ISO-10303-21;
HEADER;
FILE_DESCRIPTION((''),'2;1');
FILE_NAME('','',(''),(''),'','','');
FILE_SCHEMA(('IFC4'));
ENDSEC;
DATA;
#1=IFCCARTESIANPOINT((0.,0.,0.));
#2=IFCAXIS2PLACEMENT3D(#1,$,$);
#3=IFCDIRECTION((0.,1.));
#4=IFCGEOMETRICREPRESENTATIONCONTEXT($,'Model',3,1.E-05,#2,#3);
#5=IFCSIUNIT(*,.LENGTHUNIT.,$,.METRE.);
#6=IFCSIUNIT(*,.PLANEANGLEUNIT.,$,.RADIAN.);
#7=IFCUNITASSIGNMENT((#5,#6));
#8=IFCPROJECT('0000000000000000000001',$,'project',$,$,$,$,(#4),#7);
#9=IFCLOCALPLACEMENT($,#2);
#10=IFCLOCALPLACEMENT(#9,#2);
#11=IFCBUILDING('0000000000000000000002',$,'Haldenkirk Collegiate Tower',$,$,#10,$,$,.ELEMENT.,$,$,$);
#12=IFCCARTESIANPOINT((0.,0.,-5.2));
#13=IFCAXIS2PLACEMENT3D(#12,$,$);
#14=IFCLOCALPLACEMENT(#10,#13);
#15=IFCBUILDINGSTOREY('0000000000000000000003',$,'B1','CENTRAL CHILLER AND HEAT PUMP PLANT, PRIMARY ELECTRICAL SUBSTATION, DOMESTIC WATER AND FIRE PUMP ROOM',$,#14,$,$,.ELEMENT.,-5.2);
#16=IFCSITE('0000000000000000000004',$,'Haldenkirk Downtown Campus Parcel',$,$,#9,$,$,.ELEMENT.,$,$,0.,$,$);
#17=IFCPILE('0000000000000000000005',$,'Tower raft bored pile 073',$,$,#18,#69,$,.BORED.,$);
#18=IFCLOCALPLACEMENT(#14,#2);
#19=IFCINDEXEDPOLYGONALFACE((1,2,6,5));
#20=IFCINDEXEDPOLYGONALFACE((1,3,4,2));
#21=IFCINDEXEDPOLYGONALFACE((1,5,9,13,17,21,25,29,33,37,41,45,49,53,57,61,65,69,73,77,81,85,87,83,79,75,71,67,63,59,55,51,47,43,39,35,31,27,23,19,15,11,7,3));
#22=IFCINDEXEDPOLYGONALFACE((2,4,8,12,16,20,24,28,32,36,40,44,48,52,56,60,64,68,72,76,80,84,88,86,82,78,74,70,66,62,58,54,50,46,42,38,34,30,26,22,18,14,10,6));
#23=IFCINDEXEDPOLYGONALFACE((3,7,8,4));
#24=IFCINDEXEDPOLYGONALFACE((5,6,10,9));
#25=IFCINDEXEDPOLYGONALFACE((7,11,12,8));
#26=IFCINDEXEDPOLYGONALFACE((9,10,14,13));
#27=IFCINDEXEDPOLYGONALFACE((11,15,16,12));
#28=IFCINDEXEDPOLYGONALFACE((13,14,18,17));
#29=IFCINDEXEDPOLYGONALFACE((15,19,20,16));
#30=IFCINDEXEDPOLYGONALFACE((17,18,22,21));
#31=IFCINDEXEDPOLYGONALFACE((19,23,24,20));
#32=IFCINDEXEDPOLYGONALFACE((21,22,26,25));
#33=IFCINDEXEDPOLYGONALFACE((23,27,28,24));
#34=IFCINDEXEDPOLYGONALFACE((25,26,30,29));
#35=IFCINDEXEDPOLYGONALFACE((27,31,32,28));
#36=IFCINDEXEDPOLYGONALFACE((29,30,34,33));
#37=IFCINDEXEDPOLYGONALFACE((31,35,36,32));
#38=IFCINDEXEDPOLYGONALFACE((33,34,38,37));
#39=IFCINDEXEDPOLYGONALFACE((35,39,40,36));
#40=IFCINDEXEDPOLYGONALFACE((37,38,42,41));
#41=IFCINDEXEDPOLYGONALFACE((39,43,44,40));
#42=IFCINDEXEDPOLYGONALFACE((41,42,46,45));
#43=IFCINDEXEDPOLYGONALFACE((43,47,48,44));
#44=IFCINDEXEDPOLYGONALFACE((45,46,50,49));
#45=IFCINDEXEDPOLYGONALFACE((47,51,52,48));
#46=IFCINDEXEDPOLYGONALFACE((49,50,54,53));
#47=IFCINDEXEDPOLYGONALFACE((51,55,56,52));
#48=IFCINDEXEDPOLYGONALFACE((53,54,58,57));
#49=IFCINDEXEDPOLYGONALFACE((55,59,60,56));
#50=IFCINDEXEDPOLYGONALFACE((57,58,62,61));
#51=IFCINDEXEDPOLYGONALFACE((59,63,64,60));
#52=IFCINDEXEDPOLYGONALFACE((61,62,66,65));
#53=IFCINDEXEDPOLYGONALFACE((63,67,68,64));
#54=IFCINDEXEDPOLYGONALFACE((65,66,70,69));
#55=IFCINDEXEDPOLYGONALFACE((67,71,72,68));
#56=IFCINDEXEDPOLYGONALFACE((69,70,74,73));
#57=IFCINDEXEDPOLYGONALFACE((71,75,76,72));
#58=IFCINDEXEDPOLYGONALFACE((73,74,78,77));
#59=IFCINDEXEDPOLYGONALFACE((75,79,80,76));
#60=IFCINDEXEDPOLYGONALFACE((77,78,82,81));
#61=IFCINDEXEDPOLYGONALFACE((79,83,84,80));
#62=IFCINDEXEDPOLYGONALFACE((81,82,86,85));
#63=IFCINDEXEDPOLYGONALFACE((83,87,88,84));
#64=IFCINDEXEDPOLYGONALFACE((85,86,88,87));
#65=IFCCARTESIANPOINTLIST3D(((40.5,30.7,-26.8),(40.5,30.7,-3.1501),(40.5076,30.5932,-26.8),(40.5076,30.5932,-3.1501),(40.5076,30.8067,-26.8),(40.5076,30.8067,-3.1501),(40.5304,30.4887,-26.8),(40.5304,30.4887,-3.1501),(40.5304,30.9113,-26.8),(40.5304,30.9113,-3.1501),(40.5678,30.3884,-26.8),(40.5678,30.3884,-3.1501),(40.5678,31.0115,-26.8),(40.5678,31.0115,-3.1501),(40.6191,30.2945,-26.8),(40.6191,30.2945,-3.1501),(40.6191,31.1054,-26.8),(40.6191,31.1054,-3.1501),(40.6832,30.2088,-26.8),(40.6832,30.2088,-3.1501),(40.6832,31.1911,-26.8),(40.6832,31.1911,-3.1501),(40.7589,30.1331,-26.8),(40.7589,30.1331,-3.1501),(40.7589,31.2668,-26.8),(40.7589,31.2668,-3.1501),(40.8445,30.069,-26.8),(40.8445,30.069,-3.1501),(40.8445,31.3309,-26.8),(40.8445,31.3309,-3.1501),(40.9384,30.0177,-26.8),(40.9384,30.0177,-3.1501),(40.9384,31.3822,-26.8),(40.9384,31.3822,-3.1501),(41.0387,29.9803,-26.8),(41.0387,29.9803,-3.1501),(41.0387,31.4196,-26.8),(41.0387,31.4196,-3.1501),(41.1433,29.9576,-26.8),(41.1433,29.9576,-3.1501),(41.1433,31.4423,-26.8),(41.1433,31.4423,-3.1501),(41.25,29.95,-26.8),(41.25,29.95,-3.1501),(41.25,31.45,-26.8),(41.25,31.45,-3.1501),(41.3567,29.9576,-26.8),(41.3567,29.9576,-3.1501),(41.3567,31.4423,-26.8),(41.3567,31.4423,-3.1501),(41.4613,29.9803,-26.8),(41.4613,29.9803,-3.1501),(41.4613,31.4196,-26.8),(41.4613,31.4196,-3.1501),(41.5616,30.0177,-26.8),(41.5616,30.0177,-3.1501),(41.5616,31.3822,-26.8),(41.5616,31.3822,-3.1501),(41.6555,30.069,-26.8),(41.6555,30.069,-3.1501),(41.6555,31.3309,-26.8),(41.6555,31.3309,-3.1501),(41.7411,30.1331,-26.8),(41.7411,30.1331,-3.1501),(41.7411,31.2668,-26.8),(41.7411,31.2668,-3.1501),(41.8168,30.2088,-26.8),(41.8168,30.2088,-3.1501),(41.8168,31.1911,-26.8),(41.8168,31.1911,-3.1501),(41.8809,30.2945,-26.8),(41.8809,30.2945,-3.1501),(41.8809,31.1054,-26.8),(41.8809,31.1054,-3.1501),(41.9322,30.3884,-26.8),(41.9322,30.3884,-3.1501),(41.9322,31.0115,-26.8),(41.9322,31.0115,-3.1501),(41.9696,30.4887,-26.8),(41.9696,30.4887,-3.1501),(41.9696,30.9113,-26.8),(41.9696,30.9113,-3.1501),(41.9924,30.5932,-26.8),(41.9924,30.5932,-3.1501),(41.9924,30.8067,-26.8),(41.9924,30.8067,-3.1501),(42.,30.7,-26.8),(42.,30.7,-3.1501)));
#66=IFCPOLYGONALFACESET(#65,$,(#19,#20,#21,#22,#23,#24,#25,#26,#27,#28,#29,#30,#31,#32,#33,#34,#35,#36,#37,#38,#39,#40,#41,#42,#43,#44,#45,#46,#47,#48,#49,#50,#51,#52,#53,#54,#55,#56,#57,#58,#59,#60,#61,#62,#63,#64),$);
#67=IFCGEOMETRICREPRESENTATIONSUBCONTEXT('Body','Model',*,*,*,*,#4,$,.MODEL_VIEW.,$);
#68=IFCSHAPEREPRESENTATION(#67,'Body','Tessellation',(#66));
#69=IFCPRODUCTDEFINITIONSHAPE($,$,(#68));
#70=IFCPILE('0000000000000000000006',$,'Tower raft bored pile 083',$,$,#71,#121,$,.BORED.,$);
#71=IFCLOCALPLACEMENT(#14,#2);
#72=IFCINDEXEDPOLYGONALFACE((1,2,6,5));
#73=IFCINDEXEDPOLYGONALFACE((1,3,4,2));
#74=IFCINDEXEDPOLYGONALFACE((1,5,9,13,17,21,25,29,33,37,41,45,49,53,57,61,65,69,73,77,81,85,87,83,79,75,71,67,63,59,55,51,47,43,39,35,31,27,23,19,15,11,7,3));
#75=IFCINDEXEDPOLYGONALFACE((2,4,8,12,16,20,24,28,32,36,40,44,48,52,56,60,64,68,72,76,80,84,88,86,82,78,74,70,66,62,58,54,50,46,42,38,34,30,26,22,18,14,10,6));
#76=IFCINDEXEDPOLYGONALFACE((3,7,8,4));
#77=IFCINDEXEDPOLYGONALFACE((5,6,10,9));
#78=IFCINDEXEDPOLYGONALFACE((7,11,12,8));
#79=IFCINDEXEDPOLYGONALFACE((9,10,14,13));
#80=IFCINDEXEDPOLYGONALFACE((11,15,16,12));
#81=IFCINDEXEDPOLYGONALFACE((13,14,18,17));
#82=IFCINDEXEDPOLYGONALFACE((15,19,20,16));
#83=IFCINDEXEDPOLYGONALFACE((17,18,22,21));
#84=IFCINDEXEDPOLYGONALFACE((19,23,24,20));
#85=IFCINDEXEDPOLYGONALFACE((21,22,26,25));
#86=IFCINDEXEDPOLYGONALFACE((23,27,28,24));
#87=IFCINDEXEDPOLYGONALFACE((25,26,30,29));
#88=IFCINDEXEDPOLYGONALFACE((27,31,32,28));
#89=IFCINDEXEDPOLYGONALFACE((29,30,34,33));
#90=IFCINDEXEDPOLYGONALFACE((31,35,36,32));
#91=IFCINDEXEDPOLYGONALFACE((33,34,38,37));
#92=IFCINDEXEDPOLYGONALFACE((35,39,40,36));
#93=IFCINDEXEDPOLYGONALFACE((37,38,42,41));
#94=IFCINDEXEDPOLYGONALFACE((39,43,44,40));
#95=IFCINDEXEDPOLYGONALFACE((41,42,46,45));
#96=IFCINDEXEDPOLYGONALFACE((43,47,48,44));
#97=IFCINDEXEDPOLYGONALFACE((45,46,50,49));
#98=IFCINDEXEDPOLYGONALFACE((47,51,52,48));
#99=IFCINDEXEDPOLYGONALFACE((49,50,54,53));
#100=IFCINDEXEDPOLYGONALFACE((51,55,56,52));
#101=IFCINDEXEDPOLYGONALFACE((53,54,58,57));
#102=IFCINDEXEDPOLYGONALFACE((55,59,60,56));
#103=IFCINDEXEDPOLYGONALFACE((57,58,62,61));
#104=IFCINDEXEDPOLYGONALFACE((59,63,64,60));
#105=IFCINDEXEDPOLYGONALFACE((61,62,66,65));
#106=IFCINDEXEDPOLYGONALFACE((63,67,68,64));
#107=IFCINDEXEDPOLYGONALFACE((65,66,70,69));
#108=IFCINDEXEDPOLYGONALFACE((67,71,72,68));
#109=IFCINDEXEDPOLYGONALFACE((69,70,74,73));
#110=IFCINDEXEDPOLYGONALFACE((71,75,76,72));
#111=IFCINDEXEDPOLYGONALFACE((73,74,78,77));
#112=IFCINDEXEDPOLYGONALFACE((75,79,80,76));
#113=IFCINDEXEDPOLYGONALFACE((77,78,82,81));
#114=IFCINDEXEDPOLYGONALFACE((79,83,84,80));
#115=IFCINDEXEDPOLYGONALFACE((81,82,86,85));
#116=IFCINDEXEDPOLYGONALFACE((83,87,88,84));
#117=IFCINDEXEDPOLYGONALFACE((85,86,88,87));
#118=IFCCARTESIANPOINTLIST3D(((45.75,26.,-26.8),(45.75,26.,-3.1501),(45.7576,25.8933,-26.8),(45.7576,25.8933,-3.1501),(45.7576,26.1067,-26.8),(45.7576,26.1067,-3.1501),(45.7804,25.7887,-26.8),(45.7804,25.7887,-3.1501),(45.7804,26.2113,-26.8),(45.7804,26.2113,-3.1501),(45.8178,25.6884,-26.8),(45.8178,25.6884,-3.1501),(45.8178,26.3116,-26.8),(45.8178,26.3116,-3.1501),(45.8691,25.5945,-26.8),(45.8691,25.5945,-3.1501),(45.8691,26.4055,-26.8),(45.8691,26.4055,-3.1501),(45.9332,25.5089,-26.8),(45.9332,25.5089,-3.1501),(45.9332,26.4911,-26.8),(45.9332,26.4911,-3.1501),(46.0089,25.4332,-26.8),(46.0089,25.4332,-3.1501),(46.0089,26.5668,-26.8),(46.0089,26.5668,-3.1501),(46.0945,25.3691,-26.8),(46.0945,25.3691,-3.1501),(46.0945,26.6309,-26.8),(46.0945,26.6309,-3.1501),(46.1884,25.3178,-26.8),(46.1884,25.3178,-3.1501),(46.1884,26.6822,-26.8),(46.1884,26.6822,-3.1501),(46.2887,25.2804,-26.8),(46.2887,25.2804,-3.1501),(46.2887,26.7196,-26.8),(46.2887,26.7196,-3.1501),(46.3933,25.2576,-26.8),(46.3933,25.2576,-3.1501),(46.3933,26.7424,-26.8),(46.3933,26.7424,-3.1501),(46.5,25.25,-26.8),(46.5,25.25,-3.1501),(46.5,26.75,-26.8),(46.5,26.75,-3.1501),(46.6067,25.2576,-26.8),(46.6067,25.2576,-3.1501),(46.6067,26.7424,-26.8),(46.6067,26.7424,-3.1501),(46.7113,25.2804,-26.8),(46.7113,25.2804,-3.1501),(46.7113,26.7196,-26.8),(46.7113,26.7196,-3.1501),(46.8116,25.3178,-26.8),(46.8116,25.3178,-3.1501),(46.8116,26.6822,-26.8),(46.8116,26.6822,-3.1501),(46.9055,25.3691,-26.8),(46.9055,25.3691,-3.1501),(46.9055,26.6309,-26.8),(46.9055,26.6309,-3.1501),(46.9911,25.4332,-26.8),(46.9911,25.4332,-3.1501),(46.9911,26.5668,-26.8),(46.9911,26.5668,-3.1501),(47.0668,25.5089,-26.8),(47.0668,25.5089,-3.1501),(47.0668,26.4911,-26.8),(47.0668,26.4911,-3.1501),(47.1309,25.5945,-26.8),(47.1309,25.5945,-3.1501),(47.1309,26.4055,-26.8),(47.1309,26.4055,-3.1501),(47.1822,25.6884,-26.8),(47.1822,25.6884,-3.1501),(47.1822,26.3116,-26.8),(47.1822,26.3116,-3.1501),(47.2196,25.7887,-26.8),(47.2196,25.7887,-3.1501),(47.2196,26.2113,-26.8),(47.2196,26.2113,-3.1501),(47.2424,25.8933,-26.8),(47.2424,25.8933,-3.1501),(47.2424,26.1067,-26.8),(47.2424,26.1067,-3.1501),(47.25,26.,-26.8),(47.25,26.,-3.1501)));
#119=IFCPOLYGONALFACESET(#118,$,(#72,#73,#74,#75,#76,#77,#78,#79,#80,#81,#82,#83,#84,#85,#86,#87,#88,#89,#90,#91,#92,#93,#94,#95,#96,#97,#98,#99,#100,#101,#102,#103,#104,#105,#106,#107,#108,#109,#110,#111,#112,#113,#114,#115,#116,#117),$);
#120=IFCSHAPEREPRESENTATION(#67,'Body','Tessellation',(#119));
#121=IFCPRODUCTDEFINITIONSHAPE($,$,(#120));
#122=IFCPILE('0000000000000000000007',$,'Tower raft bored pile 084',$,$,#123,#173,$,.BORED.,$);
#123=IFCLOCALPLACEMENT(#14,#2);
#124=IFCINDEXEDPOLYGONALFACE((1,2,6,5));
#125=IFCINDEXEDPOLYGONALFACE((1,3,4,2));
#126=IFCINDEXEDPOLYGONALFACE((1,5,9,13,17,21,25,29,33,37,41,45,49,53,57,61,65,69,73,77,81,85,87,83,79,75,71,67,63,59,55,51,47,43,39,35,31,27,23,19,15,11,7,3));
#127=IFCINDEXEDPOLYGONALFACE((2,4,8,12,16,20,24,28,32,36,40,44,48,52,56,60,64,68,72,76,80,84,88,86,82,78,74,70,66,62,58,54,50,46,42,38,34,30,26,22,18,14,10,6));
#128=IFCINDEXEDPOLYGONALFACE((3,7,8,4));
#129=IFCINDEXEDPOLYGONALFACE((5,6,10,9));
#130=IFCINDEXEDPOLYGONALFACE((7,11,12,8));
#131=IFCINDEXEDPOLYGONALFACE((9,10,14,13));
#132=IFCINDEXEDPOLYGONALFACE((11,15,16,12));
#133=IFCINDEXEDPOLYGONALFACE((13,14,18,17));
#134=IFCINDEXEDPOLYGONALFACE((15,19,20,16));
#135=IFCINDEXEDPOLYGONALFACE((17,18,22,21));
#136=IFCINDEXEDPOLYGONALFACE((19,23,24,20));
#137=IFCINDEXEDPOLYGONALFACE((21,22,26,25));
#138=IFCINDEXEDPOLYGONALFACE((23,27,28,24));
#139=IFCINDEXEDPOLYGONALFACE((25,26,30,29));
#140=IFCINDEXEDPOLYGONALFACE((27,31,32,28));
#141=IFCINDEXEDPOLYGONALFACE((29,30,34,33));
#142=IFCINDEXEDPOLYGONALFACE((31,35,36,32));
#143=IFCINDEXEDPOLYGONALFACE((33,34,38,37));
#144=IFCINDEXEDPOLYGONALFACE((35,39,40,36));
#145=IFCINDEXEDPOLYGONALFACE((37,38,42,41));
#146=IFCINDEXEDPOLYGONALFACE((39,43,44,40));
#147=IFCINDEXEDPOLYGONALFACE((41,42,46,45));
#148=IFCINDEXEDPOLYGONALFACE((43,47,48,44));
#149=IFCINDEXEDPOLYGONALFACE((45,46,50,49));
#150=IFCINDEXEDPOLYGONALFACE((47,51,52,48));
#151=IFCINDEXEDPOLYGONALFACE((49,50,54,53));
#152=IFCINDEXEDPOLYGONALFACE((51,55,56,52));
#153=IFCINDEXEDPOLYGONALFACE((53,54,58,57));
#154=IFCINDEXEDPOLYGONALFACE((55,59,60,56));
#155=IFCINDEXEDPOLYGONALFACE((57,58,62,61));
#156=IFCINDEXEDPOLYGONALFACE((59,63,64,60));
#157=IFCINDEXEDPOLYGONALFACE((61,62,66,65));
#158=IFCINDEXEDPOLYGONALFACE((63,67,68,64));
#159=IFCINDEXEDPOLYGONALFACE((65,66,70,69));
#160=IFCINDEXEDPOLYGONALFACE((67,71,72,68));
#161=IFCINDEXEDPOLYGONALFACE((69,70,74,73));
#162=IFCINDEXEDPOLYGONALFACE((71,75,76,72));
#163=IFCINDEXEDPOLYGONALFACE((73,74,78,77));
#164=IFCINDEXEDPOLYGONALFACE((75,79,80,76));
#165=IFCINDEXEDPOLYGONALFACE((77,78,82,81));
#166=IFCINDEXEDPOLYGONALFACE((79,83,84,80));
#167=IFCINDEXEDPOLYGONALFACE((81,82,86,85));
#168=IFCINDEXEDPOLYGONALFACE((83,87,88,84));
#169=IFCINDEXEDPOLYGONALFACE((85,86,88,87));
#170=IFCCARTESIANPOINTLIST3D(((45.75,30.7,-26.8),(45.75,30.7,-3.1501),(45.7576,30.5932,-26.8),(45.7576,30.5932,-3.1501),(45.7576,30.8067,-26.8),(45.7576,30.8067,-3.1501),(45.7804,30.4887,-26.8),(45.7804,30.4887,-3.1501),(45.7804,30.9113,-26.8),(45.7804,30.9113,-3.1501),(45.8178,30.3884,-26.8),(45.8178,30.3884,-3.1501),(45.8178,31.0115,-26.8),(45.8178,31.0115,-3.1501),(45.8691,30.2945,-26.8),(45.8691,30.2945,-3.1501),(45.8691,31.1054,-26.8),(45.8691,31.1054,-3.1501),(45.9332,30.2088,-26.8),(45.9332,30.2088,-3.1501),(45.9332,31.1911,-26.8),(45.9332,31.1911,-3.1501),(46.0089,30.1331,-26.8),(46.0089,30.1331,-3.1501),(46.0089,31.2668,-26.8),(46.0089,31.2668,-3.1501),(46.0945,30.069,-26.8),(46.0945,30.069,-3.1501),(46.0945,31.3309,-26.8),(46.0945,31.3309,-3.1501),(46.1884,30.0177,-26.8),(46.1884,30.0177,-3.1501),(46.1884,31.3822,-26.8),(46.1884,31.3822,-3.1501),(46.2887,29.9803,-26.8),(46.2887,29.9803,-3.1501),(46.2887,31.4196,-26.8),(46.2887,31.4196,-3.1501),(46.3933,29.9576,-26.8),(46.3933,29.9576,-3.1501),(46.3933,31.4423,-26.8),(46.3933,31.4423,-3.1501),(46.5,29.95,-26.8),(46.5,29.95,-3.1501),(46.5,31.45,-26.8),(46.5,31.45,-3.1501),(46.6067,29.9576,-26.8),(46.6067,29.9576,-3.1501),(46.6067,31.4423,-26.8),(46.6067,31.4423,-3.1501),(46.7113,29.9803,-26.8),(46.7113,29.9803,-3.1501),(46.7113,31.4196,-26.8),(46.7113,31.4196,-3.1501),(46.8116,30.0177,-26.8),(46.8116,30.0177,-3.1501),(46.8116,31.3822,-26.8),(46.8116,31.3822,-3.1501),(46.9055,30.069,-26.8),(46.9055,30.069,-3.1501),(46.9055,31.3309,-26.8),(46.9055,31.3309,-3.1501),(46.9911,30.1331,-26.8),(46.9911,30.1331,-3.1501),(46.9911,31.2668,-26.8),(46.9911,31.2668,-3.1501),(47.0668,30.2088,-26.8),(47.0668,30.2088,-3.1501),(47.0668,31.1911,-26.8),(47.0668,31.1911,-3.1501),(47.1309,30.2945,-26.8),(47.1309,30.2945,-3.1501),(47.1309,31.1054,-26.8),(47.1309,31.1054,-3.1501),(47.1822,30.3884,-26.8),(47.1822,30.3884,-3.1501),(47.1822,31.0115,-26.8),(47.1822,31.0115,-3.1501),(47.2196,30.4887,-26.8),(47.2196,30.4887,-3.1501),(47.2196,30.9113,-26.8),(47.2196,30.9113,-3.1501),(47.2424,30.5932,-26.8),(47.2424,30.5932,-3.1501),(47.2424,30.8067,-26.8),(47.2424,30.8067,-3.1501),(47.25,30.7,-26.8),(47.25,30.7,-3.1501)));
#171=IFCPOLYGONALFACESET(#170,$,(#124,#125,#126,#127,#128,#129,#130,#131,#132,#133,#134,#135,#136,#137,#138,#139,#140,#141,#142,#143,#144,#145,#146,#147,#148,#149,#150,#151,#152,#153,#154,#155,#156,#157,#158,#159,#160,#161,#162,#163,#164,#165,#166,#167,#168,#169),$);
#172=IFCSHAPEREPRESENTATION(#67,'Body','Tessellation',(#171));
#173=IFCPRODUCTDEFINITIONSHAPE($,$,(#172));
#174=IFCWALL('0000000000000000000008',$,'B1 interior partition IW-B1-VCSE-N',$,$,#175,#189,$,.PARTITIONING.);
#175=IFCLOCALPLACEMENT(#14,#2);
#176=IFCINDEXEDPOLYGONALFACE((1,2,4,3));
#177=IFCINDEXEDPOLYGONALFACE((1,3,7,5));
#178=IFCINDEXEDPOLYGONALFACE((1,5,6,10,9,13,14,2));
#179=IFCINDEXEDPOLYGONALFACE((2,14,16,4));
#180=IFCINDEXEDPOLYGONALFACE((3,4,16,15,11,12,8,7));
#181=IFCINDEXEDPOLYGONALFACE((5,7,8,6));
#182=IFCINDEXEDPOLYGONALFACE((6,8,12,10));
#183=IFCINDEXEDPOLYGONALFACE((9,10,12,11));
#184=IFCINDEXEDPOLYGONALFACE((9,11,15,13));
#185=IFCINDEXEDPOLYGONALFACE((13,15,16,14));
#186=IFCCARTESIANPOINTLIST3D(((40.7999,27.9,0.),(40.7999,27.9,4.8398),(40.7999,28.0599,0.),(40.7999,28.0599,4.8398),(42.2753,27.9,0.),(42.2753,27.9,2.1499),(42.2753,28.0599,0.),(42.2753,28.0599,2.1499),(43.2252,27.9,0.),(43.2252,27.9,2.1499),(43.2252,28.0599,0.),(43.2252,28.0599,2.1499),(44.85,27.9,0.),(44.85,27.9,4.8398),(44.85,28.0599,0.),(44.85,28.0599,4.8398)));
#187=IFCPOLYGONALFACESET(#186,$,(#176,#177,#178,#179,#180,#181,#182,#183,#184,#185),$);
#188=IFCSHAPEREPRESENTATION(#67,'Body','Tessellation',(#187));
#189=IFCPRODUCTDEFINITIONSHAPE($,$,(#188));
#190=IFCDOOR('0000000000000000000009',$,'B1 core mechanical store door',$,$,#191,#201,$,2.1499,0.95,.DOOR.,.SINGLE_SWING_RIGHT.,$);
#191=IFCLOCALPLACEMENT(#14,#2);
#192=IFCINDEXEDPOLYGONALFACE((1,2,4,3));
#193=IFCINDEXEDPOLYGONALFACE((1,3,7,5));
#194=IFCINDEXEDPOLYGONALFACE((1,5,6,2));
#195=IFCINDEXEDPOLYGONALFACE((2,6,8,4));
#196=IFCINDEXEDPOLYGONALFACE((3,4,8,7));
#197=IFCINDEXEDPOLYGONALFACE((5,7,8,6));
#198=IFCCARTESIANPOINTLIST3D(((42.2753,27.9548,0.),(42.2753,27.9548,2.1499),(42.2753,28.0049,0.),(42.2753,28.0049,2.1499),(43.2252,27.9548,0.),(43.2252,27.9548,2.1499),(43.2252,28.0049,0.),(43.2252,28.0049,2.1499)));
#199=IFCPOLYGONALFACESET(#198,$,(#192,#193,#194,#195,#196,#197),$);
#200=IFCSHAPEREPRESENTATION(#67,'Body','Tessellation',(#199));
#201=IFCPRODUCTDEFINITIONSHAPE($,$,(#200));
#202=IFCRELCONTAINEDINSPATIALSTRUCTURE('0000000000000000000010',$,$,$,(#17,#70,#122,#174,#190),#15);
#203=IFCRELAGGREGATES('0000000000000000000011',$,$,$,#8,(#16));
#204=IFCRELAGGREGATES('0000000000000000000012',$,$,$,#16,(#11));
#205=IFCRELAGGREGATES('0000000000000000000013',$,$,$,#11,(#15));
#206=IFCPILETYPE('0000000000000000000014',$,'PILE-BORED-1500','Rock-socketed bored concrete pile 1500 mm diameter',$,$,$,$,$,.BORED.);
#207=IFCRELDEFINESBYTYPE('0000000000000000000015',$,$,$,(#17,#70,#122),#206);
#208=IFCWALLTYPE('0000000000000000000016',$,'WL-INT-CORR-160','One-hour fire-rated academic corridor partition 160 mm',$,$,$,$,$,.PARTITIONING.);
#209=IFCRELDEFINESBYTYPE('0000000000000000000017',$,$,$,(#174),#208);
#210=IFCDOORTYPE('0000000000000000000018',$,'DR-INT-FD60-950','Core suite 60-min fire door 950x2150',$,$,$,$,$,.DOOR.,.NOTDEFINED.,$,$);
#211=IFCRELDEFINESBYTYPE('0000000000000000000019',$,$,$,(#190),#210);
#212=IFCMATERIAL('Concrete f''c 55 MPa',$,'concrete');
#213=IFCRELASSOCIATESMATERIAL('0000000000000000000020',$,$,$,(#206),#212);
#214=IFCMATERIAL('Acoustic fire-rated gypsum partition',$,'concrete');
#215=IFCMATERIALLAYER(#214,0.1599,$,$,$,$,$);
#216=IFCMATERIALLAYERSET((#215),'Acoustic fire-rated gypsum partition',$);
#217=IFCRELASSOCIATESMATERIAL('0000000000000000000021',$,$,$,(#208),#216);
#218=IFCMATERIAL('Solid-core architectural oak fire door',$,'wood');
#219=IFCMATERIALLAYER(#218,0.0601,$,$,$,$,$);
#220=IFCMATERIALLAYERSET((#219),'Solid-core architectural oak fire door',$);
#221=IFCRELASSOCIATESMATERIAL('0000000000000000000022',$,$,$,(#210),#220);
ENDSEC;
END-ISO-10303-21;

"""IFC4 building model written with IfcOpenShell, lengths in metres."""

from ifc_helpers import new_model, si_unit, direction, frame, frame_2d, origin, origin_2d, place, context, subcontext, project, spatial, rectangle, circle, extrude, material, layer, layer_set, material_profile, profile_set, type_object, element, fill, save


model = new_model("IFC4")

# Units and contexts
model_context = context("Model", 3, precision=1e-05, world=origin(), true_north=direction((0.0, 1.0)))
body_context = subcontext(model_context, "Body", "Model", "MODEL_VIEW")
ifc_project = project(units=[si_unit("LENGTHUNIT", "METRE"), si_unit("PLANEANGLEUNIT", "RADIAN")], contexts=[model_context])

# Site, building, storey
site_placement = place(None, origin())
site = spatial("IfcSite", under=ifc_project, at=site_placement, Name="Haldenkirk Downtown Campus Parcel", CompositionType="ELEMENT", RefElevation=0.0)
building_placement = place(site_placement, origin())
building = spatial("IfcBuilding", under=site, at=building_placement, Name="Haldenkirk Collegiate Tower", CompositionType="ELEMENT")
storey_placement = place(building_placement, frame((0.0, 0.0, -5.2)))
storey = spatial("IfcBuildingStorey", under=building, at=storey_placement, Name="B1", Description="CENTRAL CHILLER AND HEAT PUMP PLANT, PRIMARY ELECTRICAL SUBSTATION, DOMESTIC WATER AND FIRE PUMP ROOM", CompositionType="ELEMENT", Elevation=-5.2)

# Piles
ifc_material_1 = material(Name="Concrete f'c 55 MPa", Category="concrete")
ifc_material_profile = material_profile(ifc_material_1, circle(Radius=0.75, at=origin_2d()), Name="PILE1500")
ifc_profile_set = profile_set([ifc_material_profile], Name="Concrete f'c 55 MPa")
pile_type = type_object("IfcPileType", Name="PILE-BORED-1500", Description="Rock-socketed bored concrete pile 1500 mm diameter", PredefinedType="BORED", material=ifc_profile_set)
for number, where, z_axis, x_axis, name in (
    (1, (41.25, 30.7, -3.1501), (0.0, 0.0, -1.0), (1.0, 0.0, 0.0), "Tower raft bored pile 073"),
    (2, (46.5, 26.0, -3.1501), (0.0, 0.0, -1.0), (1.0, 0.0, 0.0), "Tower raft bored pile 083"),
    (3, (46.5, 30.7, -3.1501), (0.0, 0.0, -1.0), (1.0, 0.0, 0.0), "Tower raft bored pile 084"),
):
    element("IfcPile", number, at=place(storey_placement, frame(where, z_axis=z_axis, x_axis=x_axis)), inside=storey, type_object=pile_type, Name=name, PredefinedType="BORED", context=body_context, shape_type="SweptSolid", body=[
        extrude(circle(Radius=0.75, at=origin_2d()), origin(), (0.0, 0.0, 1.0), 23.6499),
    ])

# Wall, opening, door
ifc_material_2 = material(Name="Acoustic fire-rated gypsum partition", Category="concrete")
ifc_layer_1 = layer(ifc_material_2, 0.1599)
ifc_layer_set_1 = layer_set([ifc_layer_1], Name="Acoustic fire-rated gypsum partition")
wall_type_1 = type_object("IfcWallType", Name="WL-INT-CORR-160", Description="One-hour fire-rated academic corridor partition 160 mm", PredefinedType="PARTITIONING", material=ifc_layer_set_1)
wall_1_placement = place(storey_placement, frame((40.8, 27.98, 0.0), z_axis=(0.0, 0.0, 1.0), x_axis=(1.0, 0.0, 0.0)))
wall_1 = element("IfcWall", 4, at=wall_1_placement, inside=storey, type_object=wall_type_1, Name="B1 interior partition IW-B1-VCSE-N", PredefinedType="PARTITIONING", context=body_context, shape_type="SweptSolid", body=[
    extrude(rectangle(XDim=4.05, YDim=0.1599, at=frame_2d((2.0249, 0.0))), origin(), (0.0, 0.0, 1.0), 4.8398),
])
opening_1_placement = place(wall_1_placement, frame((1.4751, 0.0, 0.0)))
opening_1 = element("IfcOpeningElement", 5, at=opening_1_placement, cuts=wall_1, PredefinedType="OPENING", context=body_context, shape_type="SweptSolid", body=[
    extrude(rectangle(XDim=0.95, YDim=2.1499, at=frame_2d((0.4751, 1.075))), frame((0.0, 0.0898, 0.0), z_axis=(0.0, -1.0, 0.0), x_axis=(1.0, 0.0, 0.0)), (0.0, 0.0, 1.0), 0.1799),
])
ifc_material_3 = material(Name="Solid-core architectural oak fire door", Category="wood")
ifc_layer_2 = layer(ifc_material_3, 0.0601)
ifc_layer_set_2 = layer_set([ifc_layer_2], Name="Solid-core architectural oak fire door")
door_type_1 = type_object("IfcDoorType", Name="DR-INT-FD60-950", Description="Core suite 60-min fire door 950x2150", OperationType="NOTDEFINED", PredefinedType="DOOR", material=ifc_layer_set_2)
door_1_placement = place(opening_1_placement, origin())
door_1 = element("IfcDoor", 6, at=door_1_placement, inside=storey, type_object=door_type_1, Name="B1 core mechanical store door", OperationType="SINGLE_SWING_RIGHT", OverallHeight=2.1499, OverallWidth=0.95, PredefinedType="DOOR", context=body_context, shape_type="SweptSolid", body=[
    extrude(rectangle(XDim=0.95, YDim=2.1499, at=frame_2d((0.4751, 1.075))), frame((0.0, 0.0249, 0.0), z_axis=(0.0, -1.0, 0.0), x_axis=(1.0, 0.0, 0.0)), (0.0, 0.0, 1.0), 0.05),
])
fill(opening_1, door_1)

save(model, "model.ifc")
